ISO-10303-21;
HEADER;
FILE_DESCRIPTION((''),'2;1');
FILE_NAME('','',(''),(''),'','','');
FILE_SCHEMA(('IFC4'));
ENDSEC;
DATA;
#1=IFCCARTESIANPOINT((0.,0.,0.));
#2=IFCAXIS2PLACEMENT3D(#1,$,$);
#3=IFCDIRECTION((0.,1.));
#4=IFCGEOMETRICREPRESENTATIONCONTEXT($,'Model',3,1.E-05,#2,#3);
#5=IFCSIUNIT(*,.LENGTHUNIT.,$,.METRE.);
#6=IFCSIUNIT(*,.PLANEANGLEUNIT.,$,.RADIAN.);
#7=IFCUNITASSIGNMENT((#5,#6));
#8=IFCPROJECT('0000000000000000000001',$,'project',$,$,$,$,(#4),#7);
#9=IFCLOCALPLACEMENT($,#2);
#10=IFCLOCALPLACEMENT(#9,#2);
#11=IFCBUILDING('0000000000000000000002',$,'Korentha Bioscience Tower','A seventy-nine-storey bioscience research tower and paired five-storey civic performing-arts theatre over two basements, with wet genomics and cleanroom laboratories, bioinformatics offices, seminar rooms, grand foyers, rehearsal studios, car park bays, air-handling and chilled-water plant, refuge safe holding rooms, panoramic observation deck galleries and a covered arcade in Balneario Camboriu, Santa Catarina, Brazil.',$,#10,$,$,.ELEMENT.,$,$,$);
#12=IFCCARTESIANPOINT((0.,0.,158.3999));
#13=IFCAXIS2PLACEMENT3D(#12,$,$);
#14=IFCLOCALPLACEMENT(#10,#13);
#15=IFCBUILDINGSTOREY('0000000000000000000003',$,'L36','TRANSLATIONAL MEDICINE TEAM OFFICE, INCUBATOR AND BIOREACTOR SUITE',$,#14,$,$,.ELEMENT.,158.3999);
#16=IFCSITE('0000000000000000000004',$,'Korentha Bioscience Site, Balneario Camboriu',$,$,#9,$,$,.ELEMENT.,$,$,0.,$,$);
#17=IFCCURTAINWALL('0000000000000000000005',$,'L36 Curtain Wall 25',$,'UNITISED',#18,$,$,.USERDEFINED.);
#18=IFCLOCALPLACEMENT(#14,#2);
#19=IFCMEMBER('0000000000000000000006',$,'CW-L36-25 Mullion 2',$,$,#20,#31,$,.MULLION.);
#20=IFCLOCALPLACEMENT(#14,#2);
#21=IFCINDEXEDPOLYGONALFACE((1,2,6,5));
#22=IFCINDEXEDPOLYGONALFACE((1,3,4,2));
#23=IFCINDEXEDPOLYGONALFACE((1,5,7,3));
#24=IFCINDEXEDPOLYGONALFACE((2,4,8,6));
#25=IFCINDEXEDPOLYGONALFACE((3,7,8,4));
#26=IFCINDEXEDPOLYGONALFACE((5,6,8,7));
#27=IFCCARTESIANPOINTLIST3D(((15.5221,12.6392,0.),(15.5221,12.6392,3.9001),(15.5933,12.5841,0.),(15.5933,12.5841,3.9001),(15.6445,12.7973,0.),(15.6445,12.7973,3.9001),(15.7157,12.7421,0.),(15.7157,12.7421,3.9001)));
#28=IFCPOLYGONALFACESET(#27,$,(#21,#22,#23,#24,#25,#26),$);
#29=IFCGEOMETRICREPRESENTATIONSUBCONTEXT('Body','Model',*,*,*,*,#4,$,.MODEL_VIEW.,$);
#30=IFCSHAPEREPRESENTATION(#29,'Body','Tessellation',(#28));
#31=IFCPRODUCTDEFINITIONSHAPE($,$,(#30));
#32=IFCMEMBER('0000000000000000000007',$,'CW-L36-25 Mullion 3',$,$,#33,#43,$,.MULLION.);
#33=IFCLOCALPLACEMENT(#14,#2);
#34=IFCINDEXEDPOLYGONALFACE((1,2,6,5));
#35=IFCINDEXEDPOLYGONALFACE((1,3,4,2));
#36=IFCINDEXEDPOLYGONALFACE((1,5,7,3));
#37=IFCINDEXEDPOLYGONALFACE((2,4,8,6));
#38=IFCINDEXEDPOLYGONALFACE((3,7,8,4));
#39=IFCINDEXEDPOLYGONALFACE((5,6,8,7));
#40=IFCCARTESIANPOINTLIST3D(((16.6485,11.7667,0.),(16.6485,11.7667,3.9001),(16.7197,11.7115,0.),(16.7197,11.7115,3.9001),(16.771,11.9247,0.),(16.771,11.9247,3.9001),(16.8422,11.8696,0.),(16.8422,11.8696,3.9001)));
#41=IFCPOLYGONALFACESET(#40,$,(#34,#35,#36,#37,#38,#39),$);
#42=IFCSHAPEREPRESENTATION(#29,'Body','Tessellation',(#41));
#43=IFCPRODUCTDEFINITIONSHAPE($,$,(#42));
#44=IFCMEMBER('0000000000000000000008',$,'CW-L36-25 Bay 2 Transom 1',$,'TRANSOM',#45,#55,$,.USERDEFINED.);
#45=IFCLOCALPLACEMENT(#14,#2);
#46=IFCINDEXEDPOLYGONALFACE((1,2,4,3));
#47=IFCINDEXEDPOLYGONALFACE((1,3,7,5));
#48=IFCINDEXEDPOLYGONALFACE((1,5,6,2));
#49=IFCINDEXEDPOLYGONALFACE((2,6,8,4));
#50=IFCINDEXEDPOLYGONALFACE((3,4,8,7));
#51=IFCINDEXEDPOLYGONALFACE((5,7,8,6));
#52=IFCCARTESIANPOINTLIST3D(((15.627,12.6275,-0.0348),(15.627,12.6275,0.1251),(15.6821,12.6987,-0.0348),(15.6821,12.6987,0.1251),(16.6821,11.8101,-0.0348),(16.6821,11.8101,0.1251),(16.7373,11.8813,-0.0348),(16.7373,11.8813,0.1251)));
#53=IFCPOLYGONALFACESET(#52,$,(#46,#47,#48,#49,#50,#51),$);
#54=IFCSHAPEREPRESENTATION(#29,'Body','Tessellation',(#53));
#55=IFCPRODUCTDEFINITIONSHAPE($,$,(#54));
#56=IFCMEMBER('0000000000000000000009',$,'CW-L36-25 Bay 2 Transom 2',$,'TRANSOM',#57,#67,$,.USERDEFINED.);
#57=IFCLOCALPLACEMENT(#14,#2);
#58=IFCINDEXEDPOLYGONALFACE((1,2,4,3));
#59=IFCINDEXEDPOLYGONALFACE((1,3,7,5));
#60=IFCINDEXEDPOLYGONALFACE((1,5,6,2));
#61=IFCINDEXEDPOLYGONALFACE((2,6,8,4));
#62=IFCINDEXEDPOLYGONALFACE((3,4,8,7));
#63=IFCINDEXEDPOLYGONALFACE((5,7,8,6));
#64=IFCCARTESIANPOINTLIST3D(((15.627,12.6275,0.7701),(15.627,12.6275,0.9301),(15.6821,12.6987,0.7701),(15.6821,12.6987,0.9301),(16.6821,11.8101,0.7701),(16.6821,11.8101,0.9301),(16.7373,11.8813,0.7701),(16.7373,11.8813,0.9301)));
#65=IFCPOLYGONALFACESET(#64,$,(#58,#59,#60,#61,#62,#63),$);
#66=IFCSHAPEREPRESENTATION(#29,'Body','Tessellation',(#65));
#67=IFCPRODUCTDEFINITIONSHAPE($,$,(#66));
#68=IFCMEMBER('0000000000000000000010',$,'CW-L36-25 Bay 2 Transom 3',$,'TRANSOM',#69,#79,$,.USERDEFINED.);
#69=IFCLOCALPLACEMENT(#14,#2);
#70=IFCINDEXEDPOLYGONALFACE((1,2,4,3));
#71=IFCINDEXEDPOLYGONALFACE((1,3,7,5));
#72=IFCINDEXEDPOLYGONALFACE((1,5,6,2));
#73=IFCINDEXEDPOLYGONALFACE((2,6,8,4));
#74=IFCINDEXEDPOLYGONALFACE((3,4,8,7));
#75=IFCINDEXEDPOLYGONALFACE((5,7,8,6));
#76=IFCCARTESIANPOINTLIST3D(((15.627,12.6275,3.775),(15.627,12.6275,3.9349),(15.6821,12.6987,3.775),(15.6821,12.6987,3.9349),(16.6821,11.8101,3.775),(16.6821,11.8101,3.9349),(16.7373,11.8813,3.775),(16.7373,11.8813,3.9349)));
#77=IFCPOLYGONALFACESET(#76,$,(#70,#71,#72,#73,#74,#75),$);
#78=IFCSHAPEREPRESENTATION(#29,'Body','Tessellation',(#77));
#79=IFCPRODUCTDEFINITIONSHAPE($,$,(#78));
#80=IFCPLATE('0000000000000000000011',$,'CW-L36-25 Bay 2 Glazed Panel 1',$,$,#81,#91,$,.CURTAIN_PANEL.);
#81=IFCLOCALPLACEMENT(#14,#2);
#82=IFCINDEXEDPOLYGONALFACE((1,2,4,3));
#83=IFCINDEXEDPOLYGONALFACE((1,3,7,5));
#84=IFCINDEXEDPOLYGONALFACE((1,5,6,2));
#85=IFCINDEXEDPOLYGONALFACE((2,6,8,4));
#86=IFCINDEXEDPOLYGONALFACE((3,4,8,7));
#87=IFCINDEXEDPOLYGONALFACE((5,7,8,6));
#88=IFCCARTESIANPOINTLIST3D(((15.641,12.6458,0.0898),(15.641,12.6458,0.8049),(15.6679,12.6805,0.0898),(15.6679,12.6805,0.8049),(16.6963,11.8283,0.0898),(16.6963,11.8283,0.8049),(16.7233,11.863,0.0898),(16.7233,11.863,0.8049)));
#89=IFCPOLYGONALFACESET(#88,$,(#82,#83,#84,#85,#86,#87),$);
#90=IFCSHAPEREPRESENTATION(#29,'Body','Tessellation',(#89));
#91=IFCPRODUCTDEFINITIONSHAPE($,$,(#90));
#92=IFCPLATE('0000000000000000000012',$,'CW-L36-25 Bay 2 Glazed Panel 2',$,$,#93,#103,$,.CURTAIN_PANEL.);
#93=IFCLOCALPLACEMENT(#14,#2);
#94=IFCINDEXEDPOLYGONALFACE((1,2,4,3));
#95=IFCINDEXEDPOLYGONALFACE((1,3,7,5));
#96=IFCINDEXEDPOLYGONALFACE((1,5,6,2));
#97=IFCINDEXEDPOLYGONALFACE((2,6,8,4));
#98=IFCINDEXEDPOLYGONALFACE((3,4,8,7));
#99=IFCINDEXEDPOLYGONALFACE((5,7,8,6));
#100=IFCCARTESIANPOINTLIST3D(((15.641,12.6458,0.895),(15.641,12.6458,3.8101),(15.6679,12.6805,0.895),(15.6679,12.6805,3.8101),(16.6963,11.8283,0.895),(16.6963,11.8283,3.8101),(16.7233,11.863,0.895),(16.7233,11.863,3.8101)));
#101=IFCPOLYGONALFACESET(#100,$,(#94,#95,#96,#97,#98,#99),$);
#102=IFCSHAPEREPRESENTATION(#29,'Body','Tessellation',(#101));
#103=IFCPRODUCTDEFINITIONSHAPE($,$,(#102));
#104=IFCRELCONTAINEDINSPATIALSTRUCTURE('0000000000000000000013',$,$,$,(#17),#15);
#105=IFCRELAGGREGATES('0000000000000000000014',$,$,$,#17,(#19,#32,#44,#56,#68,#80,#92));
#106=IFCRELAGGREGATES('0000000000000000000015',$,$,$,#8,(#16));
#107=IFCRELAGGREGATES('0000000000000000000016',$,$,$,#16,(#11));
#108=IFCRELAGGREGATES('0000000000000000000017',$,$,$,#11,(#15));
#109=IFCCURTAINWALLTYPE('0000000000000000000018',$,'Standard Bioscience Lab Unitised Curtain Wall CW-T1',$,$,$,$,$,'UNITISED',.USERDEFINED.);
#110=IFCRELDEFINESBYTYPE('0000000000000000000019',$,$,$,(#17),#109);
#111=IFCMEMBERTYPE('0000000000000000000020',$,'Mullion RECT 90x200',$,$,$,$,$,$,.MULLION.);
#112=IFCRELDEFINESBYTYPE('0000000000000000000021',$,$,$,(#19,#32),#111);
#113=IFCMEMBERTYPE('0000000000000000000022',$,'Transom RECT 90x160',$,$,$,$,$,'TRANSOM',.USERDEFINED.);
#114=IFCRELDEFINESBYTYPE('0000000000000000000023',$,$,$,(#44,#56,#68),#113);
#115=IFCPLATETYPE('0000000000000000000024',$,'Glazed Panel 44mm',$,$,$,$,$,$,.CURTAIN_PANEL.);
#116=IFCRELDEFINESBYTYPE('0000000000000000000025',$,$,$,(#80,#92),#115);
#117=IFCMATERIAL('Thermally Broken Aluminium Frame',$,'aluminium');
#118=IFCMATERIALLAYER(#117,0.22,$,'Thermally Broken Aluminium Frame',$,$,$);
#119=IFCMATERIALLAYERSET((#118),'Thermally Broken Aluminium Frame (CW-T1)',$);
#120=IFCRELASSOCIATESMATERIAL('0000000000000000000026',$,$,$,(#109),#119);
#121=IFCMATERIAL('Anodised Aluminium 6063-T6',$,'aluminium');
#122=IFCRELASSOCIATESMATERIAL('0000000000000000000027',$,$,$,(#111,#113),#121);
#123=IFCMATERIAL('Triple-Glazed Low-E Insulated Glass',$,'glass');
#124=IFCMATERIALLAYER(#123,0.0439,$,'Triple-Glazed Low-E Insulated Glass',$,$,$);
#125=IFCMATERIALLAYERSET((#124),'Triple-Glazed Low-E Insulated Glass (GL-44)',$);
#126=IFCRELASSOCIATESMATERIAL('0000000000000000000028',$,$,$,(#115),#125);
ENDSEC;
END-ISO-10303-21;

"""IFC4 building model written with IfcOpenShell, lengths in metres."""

from ifc_helpers import new_model, si_unit, direction, frame, origin, origin_2d, place, context, subcontext, project, spatial, rectangle, extrude, material, layer, layer_set, material_profile, profile_set, type_object, element, aggregate, save


model = new_model("IFC4")

# Units and contexts
model_context = context("Model", 3, precision=1e-05, world=origin(), true_north=direction((0.0, 1.0)))
body_context = subcontext(model_context, "Body", "Model", "MODEL_VIEW")
ifc_project = project(units=[si_unit("LENGTHUNIT", "METRE"), si_unit("PLANEANGLEUNIT", "RADIAN")], contexts=[model_context])

# Site, building, storey
site_placement = place(None, origin())
site = spatial("IfcSite", under=ifc_project, at=site_placement, Name="Korentha Bioscience Site, Balneario Camboriu", CompositionType="ELEMENT", RefElevation=0.0)
building_placement = place(site_placement, origin())
building = spatial("IfcBuilding", under=site, at=building_placement, Name="Korentha Bioscience Tower", Description="A seventy-nine-storey bioscience research tower and paired five-storey civic performing-arts theatre over two basements, with wet genomics and cleanroom laboratories, bioinformatics offices, seminar rooms, grand foyers, rehearsal studios, car park bays, air-handling and chilled-water plant, refuge safe holding rooms, panoramic observation deck galleries and a covered arcade in Balneario Camboriu, Santa Catarina, Brazil.", CompositionType="ELEMENT")
storey_placement = place(building_placement, frame((0.0, 0.0, 158.3999)))
storey = spatial("IfcBuildingStorey", under=building, at=storey_placement, Name="L36", Description="TRANSLATIONAL MEDICINE TEAM OFFICE, INCUBATOR AND BIOREACTOR SUITE", CompositionType="ELEMENT", Elevation=158.3999)

# Curtain wall, members, plates
ifc_material_1 = material(Name="Thermally Broken Aluminium Frame", Category="aluminium")
ifc_layer_1 = layer(ifc_material_1, 0.22, Name="Thermally Broken Aluminium Frame")
ifc_layer_set_1 = layer_set([ifc_layer_1], Name="Thermally Broken Aluminium Frame (CW-T1)")
curtain_wall_type = type_object("IfcCurtainWallType", Name="Standard Bioscience Lab Unitised Curtain Wall CW-T1", ElementType="UNITISED", PredefinedType="USERDEFINED", material=ifc_layer_set_1)
curtain_wall_placement = place(storey_placement, origin())
curtain_wall = element("IfcCurtainWall", 1, at=curtain_wall_placement, inside=storey, type_object=curtain_wall_type, Name="L36 Curtain Wall 25", ObjectType="UNITISED", PredefinedType="USERDEFINED")
ifc_material_2 = material(Name="Anodised Aluminium 6063-T6", Category="aluminium")
ifc_material_profile_1 = material_profile(ifc_material_2, rectangle(XDim=0.0901, YDim=0.2, at=origin_2d()), Name="Anodised Aluminium 6063-T6")
ifc_profile_set_1 = profile_set([ifc_material_profile_1], Name="Anodised Aluminium 6063-T6 (CW-MUL)")
member_type_1 = type_object("IfcMemberType", Name="Mullion RECT 90x200", PredefinedType="MULLION", material=ifc_profile_set_1)
member_1_placement = place(storey_placement, frame((15.6189, 12.6907, 0.0), z_axis=(0.0, 0.0, 1.0), x_axis=(0.790547, -0.612402, 0.0)))
member_1 = element("IfcMember", 2, at=member_1_placement, type_object=member_type_1, Name="CW-L36-25 Mullion 2", PredefinedType="MULLION", context=body_context, shape_type="SweptSolid", body=[
    extrude(rectangle(XDim=0.0901, YDim=0.2, at=origin_2d()), origin(), (0.0, 0.0, 1.0), 3.9001),
])
member_2_placement = place(storey_placement, frame((16.7454, 11.8181, 0.0), z_axis=(0.0, 0.0, 1.0), x_axis=(0.790547, -0.612402, 0.0)))
member_2 = element("IfcMember", 3, at=member_2_placement, type_object=member_type_1, Name="CW-L36-25 Mullion 3", PredefinedType="MULLION", context=body_context, shape_type="SweptSolid", body=[
    extrude(rectangle(XDim=0.0901, YDim=0.2, at=origin_2d()), origin(), (0.0, 0.0, 1.0), 3.9001),
])
ifc_material_profile_2 = material_profile(ifc_material_2, rectangle(XDim=0.0901, YDim=0.1599, at=origin_2d()), Name="Anodised Aluminium 6063-T6")
ifc_profile_set_2 = profile_set([ifc_material_profile_2], Name="Anodised Aluminium 6063-T6 (CW-TRN)")
member_type_2 = type_object("IfcMemberType", Name="Transom RECT 90x160", ElementType="TRANSOM", PredefinedType="USERDEFINED", material=ifc_profile_set_2)
member_3_placement = place(storey_placement, frame((15.6545, 12.6631, 0.0452), z_axis=(0.790552, -0.612395, 0.0), x_axis=(0.612395, 0.790552, 0.0)))
member_3 = element("IfcMember", 4, at=member_3_placement, type_object=member_type_2, Name="CW-L36-25 Bay 2 Transom 1", ObjectType="TRANSOM", PredefinedType="USERDEFINED", context=body_context, shape_type="SweptSolid", body=[
    extrude(rectangle(XDim=0.0901, YDim=0.1599, at=origin_2d()), origin(), (0.0, 0.0, 1.0), 1.3347),
])
member_4_placement = place(storey_placement, frame((15.6545, 12.6631, 0.8501), z_axis=(0.790552, -0.612395, 0.0), x_axis=(0.612395, 0.790552, 0.0)))
member_4 = element("IfcMember", 5, at=member_4_placement, type_object=member_type_2, Name="CW-L36-25 Bay 2 Transom 2", ObjectType="TRANSOM", PredefinedType="USERDEFINED", context=body_context, shape_type="SweptSolid", body=[
    extrude(rectangle(XDim=0.0901, YDim=0.1599, at=origin_2d()), origin(), (0.0, 0.0, 1.0), 1.3347),
])
member_5_placement = place(storey_placement, frame((15.6545, 12.6631, 3.855), z_axis=(0.790552, -0.612395, 0.0), x_axis=(0.612395, 0.790552, 0.0)))
member_5 = element("IfcMember", 6, at=member_5_placement, type_object=member_type_2, Name="CW-L36-25 Bay 2 Transom 3", ObjectType="TRANSOM", PredefinedType="USERDEFINED", context=body_context, shape_type="SweptSolid", body=[
    extrude(rectangle(XDim=0.0901, YDim=0.1599, at=origin_2d()), origin(), (0.0, 0.0, 1.0), 1.3347),
])
ifc_material_3 = material(Name="Triple-Glazed Low-E Insulated Glass", Category="glass")
ifc_layer_2 = layer(ifc_material_3, 0.0439, Name="Triple-Glazed Low-E Insulated Glass")
ifc_layer_set_2 = layer_set([ifc_layer_2], Name="Triple-Glazed Low-E Insulated Glass (GL-44)")
plate_type = type_object("IfcPlateType", Name="Glazed Panel 44mm", PredefinedType="CURTAIN_PANEL", material=ifc_layer_set_2)
plate_1_placement = place(storey_placement, frame((16.1821, 12.2544, 0.0898), z_axis=(0.0, 0.0, 1.0), x_axis=(0.790547, -0.612402, 0.0)))
plate_1 = element("IfcPlate", 7, at=plate_1_placement, type_object=plate_type, Name="CW-L36-25 Bay 2 Glazed Panel 1", PredefinedType="CURTAIN_PANEL", context=body_context, shape_type="SweptSolid", body=[
    extrude(rectangle(XDim=1.335, YDim=0.0439, at=origin_2d()), origin(), (0.0, 0.0, 1.0), 0.7151),
])
plate_2_placement = place(storey_placement, frame((16.1821, 12.2544, 0.895), z_axis=(0.0, 0.0, 1.0), x_axis=(0.790547, -0.612402, 0.0)))
plate_2 = element("IfcPlate", 8, at=plate_2_placement, type_object=plate_type, Name="CW-L36-25 Bay 2 Glazed Panel 2", PredefinedType="CURTAIN_PANEL", context=body_context, shape_type="SweptSolid", body=[
    extrude(rectangle(XDim=1.335, YDim=0.0439, at=origin_2d()), origin(), (0.0, 0.0, 1.0), 2.915),
])
aggregate(curtain_wall, [member_1, member_2, member_3, member_4, member_5, plate_1, plate_2])

save(model, "model.ifc")
